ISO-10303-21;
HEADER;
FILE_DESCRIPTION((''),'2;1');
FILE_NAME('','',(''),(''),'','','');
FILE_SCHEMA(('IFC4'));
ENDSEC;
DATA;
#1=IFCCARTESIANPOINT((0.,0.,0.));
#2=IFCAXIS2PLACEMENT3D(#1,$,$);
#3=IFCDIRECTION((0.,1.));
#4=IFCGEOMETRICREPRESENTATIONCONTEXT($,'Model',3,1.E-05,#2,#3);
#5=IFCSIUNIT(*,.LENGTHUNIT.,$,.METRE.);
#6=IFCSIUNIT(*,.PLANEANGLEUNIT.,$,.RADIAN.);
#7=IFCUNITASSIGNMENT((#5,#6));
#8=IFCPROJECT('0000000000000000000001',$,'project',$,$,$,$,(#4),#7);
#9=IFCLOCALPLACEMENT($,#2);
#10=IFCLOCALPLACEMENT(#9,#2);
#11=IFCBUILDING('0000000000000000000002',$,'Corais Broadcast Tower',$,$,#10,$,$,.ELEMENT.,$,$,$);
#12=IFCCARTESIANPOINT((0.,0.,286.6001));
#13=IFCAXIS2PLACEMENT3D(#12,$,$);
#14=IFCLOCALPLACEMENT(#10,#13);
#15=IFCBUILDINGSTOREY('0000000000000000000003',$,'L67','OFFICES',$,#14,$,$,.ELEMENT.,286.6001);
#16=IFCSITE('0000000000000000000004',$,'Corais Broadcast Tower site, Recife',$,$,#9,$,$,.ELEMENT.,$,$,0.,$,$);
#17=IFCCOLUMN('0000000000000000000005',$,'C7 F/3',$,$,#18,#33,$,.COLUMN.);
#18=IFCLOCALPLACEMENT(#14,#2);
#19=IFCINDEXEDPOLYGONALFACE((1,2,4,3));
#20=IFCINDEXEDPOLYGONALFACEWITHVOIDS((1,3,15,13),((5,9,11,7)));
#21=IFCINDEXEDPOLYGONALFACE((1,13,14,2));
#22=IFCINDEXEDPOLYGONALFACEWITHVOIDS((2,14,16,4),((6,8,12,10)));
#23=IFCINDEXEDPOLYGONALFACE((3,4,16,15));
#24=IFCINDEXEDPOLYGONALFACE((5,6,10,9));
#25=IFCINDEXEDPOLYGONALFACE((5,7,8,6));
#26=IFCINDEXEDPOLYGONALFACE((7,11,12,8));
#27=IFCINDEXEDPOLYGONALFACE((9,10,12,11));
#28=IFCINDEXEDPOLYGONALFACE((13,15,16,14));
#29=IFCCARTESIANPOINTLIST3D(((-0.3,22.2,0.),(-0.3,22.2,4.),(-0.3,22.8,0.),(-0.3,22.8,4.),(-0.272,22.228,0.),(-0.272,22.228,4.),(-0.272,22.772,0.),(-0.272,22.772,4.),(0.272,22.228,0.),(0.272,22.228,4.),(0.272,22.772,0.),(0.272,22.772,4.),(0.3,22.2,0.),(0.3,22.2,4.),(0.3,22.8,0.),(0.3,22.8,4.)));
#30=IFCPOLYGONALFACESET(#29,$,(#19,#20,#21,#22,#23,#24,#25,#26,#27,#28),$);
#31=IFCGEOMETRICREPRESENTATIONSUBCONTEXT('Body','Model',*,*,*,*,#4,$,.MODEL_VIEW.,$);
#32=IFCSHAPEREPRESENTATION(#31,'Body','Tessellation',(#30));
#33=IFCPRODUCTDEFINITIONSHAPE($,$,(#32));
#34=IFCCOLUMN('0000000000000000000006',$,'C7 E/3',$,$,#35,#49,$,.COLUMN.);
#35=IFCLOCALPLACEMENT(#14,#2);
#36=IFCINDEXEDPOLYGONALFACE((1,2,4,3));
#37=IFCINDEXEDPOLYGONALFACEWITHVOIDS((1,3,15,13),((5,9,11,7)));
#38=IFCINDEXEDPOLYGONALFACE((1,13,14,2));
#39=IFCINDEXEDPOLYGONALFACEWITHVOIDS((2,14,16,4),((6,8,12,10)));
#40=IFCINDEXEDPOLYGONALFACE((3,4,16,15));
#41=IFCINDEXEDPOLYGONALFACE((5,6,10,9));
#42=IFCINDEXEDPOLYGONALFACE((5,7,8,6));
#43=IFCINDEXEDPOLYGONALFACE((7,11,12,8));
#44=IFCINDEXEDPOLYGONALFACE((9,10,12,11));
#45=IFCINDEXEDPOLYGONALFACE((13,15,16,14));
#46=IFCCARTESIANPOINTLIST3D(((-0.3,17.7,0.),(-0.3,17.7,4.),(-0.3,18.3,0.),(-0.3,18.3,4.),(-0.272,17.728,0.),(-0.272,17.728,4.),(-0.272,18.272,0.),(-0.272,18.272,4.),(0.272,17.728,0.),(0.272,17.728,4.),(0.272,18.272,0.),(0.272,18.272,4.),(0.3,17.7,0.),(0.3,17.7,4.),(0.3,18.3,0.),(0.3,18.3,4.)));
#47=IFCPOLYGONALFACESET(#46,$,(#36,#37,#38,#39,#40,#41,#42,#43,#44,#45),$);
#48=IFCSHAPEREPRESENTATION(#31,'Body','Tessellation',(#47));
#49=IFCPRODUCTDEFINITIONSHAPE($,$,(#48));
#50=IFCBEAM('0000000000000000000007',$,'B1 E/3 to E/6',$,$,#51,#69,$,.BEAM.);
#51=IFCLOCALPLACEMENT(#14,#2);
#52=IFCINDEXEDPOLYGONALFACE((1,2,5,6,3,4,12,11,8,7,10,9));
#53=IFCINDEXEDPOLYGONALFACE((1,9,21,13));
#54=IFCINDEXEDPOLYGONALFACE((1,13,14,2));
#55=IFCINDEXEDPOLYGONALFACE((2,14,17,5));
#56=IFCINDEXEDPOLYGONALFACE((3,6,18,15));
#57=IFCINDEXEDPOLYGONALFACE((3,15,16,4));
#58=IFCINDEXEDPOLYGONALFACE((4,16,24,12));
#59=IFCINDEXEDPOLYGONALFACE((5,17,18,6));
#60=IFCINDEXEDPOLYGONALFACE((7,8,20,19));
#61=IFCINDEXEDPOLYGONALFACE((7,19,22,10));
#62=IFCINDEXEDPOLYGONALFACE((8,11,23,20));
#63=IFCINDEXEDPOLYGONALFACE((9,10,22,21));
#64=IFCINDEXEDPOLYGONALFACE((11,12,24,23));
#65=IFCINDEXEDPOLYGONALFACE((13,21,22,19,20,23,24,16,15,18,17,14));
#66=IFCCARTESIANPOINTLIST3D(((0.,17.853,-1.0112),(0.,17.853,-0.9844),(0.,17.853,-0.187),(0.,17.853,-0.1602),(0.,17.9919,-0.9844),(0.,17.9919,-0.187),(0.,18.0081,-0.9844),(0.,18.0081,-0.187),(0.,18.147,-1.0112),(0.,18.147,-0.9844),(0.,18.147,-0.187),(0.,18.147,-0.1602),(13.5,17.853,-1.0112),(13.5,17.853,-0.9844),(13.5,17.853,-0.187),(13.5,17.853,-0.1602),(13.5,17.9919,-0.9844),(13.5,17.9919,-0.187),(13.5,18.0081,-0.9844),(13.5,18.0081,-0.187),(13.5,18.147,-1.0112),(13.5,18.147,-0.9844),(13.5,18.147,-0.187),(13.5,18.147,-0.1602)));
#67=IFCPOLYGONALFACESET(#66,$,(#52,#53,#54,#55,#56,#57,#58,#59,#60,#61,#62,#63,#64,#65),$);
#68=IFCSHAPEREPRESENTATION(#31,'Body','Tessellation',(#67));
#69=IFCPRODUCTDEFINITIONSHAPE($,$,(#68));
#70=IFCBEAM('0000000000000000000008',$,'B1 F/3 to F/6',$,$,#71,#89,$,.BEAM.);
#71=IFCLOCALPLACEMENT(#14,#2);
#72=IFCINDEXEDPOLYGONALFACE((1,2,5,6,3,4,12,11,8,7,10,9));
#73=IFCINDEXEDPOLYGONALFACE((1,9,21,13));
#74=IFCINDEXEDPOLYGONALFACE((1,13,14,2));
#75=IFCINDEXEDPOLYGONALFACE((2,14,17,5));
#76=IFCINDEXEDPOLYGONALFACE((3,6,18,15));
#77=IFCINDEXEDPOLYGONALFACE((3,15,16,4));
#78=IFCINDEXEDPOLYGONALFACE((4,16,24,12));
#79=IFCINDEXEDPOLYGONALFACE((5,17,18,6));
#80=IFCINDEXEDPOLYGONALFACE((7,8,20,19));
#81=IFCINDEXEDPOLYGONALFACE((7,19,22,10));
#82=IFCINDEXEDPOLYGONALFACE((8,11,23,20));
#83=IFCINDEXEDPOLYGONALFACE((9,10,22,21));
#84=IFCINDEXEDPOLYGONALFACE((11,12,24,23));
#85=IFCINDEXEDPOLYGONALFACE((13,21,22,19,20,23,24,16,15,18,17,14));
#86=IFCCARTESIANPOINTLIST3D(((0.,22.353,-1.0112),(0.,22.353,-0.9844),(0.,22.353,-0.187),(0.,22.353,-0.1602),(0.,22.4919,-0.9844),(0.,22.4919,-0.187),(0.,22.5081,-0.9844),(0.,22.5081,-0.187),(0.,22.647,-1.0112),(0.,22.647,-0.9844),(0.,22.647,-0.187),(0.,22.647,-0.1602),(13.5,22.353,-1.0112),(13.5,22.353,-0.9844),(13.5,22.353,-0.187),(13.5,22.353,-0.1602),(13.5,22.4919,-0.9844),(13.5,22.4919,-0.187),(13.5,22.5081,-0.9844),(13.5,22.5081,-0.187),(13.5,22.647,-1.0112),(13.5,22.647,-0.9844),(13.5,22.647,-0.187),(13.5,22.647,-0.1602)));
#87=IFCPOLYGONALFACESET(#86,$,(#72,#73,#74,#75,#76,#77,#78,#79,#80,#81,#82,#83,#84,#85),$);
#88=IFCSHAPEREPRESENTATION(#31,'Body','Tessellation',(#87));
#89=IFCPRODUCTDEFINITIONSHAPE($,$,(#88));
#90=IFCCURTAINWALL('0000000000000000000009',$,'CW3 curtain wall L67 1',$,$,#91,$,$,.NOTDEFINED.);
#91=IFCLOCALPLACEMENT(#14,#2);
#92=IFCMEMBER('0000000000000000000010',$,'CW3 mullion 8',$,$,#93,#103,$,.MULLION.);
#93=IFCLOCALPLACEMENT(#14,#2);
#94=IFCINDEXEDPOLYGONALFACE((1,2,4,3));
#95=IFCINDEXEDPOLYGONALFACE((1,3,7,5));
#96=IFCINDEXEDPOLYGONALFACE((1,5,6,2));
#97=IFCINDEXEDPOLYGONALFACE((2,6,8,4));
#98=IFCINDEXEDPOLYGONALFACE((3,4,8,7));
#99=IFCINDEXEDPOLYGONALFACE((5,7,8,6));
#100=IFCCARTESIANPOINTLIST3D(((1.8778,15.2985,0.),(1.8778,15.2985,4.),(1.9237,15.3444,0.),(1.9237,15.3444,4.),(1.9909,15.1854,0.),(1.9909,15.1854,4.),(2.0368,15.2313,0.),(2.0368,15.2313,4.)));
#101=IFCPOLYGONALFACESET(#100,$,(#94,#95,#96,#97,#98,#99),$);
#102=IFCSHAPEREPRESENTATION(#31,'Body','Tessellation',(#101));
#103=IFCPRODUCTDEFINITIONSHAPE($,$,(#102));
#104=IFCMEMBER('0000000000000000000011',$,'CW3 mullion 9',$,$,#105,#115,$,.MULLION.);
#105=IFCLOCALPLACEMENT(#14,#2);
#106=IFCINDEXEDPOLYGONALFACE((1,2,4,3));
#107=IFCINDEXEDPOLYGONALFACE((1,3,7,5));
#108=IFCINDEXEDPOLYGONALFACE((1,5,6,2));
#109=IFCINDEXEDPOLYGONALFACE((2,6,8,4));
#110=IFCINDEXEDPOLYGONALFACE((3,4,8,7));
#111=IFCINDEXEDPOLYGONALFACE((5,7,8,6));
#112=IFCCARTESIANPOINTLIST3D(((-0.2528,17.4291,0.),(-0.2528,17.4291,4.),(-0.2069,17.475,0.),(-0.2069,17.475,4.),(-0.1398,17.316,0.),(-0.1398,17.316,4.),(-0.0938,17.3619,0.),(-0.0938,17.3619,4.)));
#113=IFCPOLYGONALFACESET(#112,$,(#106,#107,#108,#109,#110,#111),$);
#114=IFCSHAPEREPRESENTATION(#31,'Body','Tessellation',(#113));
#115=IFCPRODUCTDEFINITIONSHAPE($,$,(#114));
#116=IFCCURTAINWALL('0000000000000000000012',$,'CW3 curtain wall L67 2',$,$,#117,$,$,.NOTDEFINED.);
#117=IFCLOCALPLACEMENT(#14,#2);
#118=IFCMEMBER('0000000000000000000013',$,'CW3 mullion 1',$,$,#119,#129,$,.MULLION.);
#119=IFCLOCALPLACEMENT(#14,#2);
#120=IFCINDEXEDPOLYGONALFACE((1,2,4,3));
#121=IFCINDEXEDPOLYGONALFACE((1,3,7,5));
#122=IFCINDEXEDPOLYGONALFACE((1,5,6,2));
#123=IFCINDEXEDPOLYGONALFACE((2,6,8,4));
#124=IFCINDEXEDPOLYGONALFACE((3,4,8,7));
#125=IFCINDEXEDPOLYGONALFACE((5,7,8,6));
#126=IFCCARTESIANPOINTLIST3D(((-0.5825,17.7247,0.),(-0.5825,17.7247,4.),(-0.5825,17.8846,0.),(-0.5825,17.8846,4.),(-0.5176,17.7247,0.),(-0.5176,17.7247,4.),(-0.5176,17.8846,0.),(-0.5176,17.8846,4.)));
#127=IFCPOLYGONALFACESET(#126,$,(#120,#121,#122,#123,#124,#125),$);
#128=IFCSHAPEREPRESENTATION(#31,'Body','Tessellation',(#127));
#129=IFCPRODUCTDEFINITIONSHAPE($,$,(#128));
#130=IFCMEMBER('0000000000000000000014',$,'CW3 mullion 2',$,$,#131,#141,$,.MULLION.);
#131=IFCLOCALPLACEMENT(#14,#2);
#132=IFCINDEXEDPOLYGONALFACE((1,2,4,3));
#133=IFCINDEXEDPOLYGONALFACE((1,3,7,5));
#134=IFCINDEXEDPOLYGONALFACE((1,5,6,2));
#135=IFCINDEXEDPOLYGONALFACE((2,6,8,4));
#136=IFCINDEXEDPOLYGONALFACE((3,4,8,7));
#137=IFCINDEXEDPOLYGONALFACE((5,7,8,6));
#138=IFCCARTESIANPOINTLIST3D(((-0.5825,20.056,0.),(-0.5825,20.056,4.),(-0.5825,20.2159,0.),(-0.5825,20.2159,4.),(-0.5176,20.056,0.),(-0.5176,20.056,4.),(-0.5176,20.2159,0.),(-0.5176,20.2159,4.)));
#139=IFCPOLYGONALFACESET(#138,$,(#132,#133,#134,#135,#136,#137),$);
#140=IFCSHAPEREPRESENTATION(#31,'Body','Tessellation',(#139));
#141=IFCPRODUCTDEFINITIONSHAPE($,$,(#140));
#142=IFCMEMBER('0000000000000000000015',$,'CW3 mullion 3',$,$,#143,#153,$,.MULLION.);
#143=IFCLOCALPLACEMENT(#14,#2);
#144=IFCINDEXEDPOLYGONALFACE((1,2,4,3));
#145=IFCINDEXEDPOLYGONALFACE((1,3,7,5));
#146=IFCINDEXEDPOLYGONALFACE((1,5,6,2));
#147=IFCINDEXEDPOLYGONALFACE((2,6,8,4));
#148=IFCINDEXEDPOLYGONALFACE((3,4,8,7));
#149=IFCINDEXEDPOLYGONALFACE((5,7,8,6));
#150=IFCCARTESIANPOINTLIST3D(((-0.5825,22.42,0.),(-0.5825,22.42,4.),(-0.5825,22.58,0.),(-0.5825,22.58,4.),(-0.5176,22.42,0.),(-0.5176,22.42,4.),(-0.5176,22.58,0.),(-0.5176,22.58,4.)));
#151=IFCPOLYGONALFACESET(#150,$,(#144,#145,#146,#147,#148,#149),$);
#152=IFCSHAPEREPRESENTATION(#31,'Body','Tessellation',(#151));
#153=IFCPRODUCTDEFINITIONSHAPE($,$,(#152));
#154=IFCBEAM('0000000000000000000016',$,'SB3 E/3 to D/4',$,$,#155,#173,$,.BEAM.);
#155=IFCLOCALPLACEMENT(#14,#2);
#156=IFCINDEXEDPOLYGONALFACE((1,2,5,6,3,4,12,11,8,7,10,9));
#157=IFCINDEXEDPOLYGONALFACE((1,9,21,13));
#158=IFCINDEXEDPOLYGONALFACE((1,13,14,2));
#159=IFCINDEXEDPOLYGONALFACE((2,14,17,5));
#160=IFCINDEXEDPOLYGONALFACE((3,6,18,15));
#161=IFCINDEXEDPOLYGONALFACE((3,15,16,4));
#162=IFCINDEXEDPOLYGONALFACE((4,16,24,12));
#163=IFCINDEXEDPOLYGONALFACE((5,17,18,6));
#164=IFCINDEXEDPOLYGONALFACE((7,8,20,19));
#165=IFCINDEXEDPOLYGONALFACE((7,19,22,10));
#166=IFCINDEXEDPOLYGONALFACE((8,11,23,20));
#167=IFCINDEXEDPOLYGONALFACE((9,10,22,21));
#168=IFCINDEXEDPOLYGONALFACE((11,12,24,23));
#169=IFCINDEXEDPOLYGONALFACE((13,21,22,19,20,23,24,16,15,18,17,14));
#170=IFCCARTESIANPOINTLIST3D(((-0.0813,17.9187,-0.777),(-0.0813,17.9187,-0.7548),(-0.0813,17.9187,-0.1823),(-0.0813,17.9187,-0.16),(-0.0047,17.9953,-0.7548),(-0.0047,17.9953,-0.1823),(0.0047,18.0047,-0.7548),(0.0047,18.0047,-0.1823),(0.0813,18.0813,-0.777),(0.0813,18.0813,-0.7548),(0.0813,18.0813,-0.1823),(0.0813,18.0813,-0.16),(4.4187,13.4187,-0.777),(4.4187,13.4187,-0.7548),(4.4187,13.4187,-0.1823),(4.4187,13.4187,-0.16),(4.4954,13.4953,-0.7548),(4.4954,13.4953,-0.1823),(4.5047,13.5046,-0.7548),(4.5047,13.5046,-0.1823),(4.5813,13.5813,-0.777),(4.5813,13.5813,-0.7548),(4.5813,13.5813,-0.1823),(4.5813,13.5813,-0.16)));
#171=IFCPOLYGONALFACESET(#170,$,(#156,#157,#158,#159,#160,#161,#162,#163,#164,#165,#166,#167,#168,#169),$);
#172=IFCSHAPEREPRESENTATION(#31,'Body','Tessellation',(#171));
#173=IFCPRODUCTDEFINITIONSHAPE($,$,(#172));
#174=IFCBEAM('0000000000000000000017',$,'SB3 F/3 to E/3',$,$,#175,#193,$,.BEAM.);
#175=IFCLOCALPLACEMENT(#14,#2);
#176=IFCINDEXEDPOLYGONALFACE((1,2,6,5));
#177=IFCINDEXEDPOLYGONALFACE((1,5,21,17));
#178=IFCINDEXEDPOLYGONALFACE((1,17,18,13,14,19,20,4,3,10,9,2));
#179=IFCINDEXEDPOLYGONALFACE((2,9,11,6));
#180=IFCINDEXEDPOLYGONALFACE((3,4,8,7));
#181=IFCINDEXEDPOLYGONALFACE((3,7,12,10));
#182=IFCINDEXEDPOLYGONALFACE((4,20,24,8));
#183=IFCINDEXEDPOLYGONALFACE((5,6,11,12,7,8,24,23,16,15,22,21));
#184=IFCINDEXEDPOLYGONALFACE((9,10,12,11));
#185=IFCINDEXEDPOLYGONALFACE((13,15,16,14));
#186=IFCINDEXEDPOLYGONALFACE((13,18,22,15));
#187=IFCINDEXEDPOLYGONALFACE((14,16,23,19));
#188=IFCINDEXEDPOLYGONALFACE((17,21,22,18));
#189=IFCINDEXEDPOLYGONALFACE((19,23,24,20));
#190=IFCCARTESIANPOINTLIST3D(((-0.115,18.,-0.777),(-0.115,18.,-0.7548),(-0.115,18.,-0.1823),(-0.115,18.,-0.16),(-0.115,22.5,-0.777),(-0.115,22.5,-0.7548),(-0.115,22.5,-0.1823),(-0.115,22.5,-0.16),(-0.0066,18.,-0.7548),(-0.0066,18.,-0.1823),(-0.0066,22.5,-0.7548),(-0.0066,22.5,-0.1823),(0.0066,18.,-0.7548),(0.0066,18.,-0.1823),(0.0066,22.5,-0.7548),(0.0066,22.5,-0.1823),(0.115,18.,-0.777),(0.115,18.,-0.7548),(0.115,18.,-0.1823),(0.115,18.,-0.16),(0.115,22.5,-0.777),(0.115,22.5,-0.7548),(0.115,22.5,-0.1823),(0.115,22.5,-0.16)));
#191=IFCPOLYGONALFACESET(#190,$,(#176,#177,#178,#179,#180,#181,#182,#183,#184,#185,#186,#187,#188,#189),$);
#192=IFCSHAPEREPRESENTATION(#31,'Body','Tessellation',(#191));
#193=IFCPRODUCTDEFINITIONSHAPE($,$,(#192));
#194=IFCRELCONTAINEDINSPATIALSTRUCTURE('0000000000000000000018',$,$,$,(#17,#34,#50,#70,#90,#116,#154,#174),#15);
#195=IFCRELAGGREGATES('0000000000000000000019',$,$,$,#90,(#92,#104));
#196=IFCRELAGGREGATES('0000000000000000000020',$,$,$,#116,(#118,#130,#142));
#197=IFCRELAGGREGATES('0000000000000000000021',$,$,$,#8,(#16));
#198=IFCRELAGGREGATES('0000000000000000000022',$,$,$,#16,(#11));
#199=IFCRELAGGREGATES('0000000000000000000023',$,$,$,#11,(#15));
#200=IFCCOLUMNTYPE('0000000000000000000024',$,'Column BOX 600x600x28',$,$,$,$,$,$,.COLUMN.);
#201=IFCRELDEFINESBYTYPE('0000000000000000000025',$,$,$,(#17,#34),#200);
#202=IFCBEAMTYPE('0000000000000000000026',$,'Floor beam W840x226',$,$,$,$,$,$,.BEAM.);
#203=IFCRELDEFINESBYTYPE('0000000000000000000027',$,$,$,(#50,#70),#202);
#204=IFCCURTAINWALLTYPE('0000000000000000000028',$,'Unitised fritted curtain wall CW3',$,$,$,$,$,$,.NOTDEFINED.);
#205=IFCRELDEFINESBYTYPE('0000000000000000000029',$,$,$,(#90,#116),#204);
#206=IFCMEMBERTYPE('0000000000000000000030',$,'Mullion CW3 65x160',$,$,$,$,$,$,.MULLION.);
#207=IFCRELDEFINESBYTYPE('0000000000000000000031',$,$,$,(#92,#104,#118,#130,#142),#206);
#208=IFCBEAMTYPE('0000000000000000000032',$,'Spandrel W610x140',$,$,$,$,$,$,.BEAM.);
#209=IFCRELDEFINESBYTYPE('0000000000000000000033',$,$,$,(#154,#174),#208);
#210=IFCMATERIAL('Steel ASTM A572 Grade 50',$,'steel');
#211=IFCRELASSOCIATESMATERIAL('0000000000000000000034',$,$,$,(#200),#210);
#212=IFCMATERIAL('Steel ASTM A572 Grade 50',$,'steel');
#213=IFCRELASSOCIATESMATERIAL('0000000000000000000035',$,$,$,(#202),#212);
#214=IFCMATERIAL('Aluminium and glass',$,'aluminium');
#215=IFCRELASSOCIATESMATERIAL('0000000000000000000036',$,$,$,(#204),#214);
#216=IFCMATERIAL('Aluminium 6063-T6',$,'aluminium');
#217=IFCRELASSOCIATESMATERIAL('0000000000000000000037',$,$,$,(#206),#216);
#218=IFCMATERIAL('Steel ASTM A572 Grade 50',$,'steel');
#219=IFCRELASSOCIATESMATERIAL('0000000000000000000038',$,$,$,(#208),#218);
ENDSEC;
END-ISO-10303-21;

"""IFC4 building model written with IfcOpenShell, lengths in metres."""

from ifc_helpers import new_model, si_unit, direction, frame, origin, origin_2d, place, context, subcontext, project, spatial, rectangle, hollow_rectangle, i_section, extrude, material, material_profile, profile_set, type_object, element, aggregate, save


model = new_model("IFC4")

# Units and contexts
model_context = context("Model", 3, precision=1e-05, world=origin(), true_north=direction((0.0, 1.0)))
body_context = subcontext(model_context, "Body", "Model", "MODEL_VIEW")
ifc_project = project(units=[si_unit("LENGTHUNIT", "METRE"), si_unit("PLANEANGLEUNIT", "RADIAN")], contexts=[model_context])

# Site, building, storey
site_placement = place(None, origin())
site = spatial("IfcSite", under=ifc_project, at=site_placement, Name="Corais Broadcast Tower site, Recife", CompositionType="ELEMENT", RefElevation=0.0)
building_placement = place(site_placement, origin())
building = spatial("IfcBuilding", under=site, at=building_placement, Name="Corais Broadcast Tower", CompositionType="ELEMENT")
storey_placement = place(building_placement, frame((0.0, 0.0, 286.6001)))
storey = spatial("IfcBuildingStorey", under=building, at=storey_placement, Name="L67", Description="OFFICES", CompositionType="ELEMENT", Elevation=286.6001)

# Columns
ifc_material_1 = material(Name="Steel ASTM A572 Grade 50", Category="steel")
ifc_material_profile_1 = material_profile(ifc_material_1, hollow_rectangle(XDim=0.6001, YDim=0.6001, WallThickness=0.0281, at=origin_2d()), Name="BOX 600x600x28")
ifc_profile_set_1 = profile_set([ifc_material_profile_1], Name="Steel ASTM A572 Grade 50")
column_type = type_object("IfcColumnType", Name="Column BOX 600x600x28", PredefinedType="COLUMN", material=ifc_profile_set_1)
for number, where, z_axis, x_axis, name in (
    (1, (0.0, 22.5, 0.0), (0.0, 0.0, 1.0), (1.0, 0.0, 0.0), "C7 F/3"),
    (2, (0.0, 18.0, 0.0), (0.0, 0.0, 1.0), (1.0, 0.0, 0.0), "C7 E/3"),
):
    element("IfcColumn", number, at=place(storey_placement, frame(where, z_axis=z_axis, x_axis=x_axis)), inside=storey, type_object=column_type, Name=name, PredefinedType="COLUMN", context=body_context, shape_type="SweptSolid", body=[
        extrude(hollow_rectangle(XDim=0.6001, YDim=0.6001, WallThickness=0.0281, at=origin_2d()), origin(), (0.0, 0.0, 1.0), 4.0),
    ])

# Beams
ifc_material_2 = material(Name="Steel ASTM A572 Grade 50", Category="steel")
ifc_material_profile_2 = material_profile(ifc_material_2, i_section(OverallWidth=0.2939, OverallDepth=0.8511, WebThickness=0.0161, FlangeThickness=0.0269, at=origin_2d()), Name="W840x226")
ifc_profile_set_2 = profile_set([ifc_material_profile_2], Name="Steel ASTM A572 Grade 50")
beam_type_1 = type_object("IfcBeamType", Name="Floor beam W840x226", PredefinedType="BEAM", material=ifc_profile_set_2)
for number, where, z_axis, x_axis, name in (
    (3, (0.0, 18.0, -0.5857), (1.0, 0.0, 0.0), (0.0, 1.0, 0.0), "B1 E/3 to E/6"),
    (4, (0.0, 22.5, -0.5857), (1.0, 0.0, 0.0), (0.0, 1.0, 0.0), "B1 F/3 to F/6"),
):
    element("IfcBeam", number, at=place(storey_placement, frame(where, z_axis=z_axis, x_axis=x_axis)), inside=storey, type_object=beam_type_1, Name=name, PredefinedType="BEAM", context=body_context, shape_type="SweptSolid", body=[
        extrude(i_section(OverallWidth=0.2939, OverallDepth=0.8511, WebThickness=0.0161, FlangeThickness=0.0269, at=origin_2d()), origin(), (0.0, 0.0, 1.0), 13.5),
    ])

# Curtain walls, members
ifc_material_3 = material(Name="Aluminium and glass", Category="aluminium")
curtain_wall_type = type_object("IfcCurtainWallType", Name="Unitised fritted curtain wall CW3", PredefinedType="NOTDEFINED", material=ifc_material_3)
curtain_wall_1_placement = place(storey_placement, origin())
curtain_wall_1 = element("IfcCurtainWall", 5, at=curtain_wall_1_placement, inside=storey, type_object=curtain_wall_type, Name="CW3 curtain wall L67 1", PredefinedType="NOTDEFINED")
ifc_material_4 = material(Name="Aluminium 6063-T6", Category="aluminium")
ifc_material_profile_3 = material_profile(ifc_material_4, rectangle(XDim=0.0649, YDim=0.1599, at=origin_2d()), Name="Mullion CW3 65x160")
ifc_profile_set_3 = profile_set([ifc_material_profile_3], Name="Aluminium 6063-T6")
member_type_1 = type_object("IfcMemberType", Name="Mullion CW3 65x160", PredefinedType="MULLION", material=ifc_profile_set_3)
member_1_placement = place(storey_placement, frame((1.9573, 15.2649, 0.0), z_axis=(0.0, 0.0, 1.0), x_axis=(-0.707107, -0.707107, 0.0)))
member_1 = element("IfcMember", 6, at=member_1_placement, type_object=member_type_1, Name="CW3 mullion 8", PredefinedType="MULLION", context=body_context, shape_type="SweptSolid", body=[
    extrude(rectangle(XDim=0.0649, YDim=0.1599, at=origin_2d()), origin(), (0.0, 0.0, 1.0), 4.0),
])
member_2_placement = place(storey_placement, frame((-0.1733, 17.3955, 0.0), z_axis=(0.0, 0.0, 1.0), x_axis=(-0.707107, -0.707107, 0.0)))
member_2 = element("IfcMember", 7, at=member_2_placement, type_object=member_type_1, Name="CW3 mullion 9", PredefinedType="MULLION", context=body_context, shape_type="SweptSolid", body=[
    extrude(rectangle(XDim=0.0649, YDim=0.1599, at=origin_2d()), origin(), (0.0, 0.0, 1.0), 4.0),
])
curtain_wall_2_placement = place(storey_placement, origin())
curtain_wall_2 = element("IfcCurtainWall", 8, at=curtain_wall_2_placement, inside=storey, type_object=curtain_wall_type, Name="CW3 curtain wall L67 2", PredefinedType="NOTDEFINED")
member_3_placement = place(storey_placement, frame((-0.55, 17.8047, 0.0), z_axis=(0.0, 0.0, 1.0), x_axis=(-1.0, 0.0, 0.0)))
member_3 = element("IfcMember", 9, at=member_3_placement, type_object=member_type_1, Name="CW3 mullion 1", PredefinedType="MULLION", context=body_context, shape_type="SweptSolid", body=[
    extrude(rectangle(XDim=0.0649, YDim=0.1599, at=origin_2d()), origin(), (0.0, 0.0, 1.0), 4.0),
])
member_4_placement = place(storey_placement, frame((-0.55, 20.136, 0.0), z_axis=(0.0, 0.0, 1.0), x_axis=(-1.0, 0.0, 0.0)))
member_4 = element("IfcMember", 10, at=member_4_placement, type_object=member_type_1, Name="CW3 mullion 2", PredefinedType="MULLION", context=body_context, shape_type="SweptSolid", body=[
    extrude(rectangle(XDim=0.0649, YDim=0.1599, at=origin_2d()), origin(), (0.0, 0.0, 1.0), 4.0),
])
member_5_placement = place(storey_placement, frame((-0.55, 22.5, 0.0), z_axis=(0.0, 0.0, 1.0), x_axis=(-1.0, 0.0, 0.0)))
member_5 = element("IfcMember", 11, at=member_5_placement, type_object=member_type_1, Name="CW3 mullion 3", PredefinedType="MULLION", context=body_context, shape_type="SweptSolid", body=[
    extrude(rectangle(XDim=0.0649, YDim=0.1599, at=origin_2d()), origin(), (0.0, 0.0, 1.0), 4.0),
])

# Beams
ifc_material_5 = material(Name="Steel ASTM A572 Grade 50", Category="steel")
ifc_material_profile_4 = material_profile(ifc_material_5, i_section(OverallWidth=0.23, OverallDepth=0.6169, WebThickness=0.0132, FlangeThickness=0.0222, at=origin_2d()), Name="W610x140")
ifc_profile_set_4 = profile_set([ifc_material_profile_4], Name="Steel ASTM A572 Grade 50")
beam_type_2 = type_object("IfcBeamType", Name="Spandrel W610x140", PredefinedType="BEAM", material=ifc_profile_set_4)
beam_1_placement = place(storey_placement, frame((0.0, 18.0, -0.4685), z_axis=(0.707107, -0.707107, 0.0), x_axis=(0.707107, 0.707107, 0.0)))
element("IfcBeam", 12, at=beam_1_placement, inside=storey, type_object=beam_type_2, Name="SB3 E/3 to D/4", PredefinedType="BEAM", context=body_context, shape_type="SweptSolid", body=[
    extrude(i_section(OverallWidth=0.23, OverallDepth=0.6169, WebThickness=0.0132, FlangeThickness=0.0222, at=origin_2d()), origin(), (0.0, 0.0, 1.0), 6.364),
])
beam_2_placement = place(storey_placement, frame((0.0, 22.5, -0.4685), z_axis=(0.0, -1.0, 0.0), x_axis=(1.0, 0.0, 0.0)))
element("IfcBeam", 13, at=beam_2_placement, inside=storey, type_object=beam_type_2, Name="SB3 F/3 to E/3", PredefinedType="BEAM", context=body_context, shape_type="SweptSolid", body=[
    extrude(i_section(OverallWidth=0.23, OverallDepth=0.6169, WebThickness=0.0132, FlangeThickness=0.0222, at=origin_2d()), origin(), (0.0, 0.0, 1.0), 4.5),
])

aggregate(curtain_wall_1, [member_1, member_2])
aggregate(curtain_wall_2, [member_3, member_4, member_5])

save(model, "model.ifc")
